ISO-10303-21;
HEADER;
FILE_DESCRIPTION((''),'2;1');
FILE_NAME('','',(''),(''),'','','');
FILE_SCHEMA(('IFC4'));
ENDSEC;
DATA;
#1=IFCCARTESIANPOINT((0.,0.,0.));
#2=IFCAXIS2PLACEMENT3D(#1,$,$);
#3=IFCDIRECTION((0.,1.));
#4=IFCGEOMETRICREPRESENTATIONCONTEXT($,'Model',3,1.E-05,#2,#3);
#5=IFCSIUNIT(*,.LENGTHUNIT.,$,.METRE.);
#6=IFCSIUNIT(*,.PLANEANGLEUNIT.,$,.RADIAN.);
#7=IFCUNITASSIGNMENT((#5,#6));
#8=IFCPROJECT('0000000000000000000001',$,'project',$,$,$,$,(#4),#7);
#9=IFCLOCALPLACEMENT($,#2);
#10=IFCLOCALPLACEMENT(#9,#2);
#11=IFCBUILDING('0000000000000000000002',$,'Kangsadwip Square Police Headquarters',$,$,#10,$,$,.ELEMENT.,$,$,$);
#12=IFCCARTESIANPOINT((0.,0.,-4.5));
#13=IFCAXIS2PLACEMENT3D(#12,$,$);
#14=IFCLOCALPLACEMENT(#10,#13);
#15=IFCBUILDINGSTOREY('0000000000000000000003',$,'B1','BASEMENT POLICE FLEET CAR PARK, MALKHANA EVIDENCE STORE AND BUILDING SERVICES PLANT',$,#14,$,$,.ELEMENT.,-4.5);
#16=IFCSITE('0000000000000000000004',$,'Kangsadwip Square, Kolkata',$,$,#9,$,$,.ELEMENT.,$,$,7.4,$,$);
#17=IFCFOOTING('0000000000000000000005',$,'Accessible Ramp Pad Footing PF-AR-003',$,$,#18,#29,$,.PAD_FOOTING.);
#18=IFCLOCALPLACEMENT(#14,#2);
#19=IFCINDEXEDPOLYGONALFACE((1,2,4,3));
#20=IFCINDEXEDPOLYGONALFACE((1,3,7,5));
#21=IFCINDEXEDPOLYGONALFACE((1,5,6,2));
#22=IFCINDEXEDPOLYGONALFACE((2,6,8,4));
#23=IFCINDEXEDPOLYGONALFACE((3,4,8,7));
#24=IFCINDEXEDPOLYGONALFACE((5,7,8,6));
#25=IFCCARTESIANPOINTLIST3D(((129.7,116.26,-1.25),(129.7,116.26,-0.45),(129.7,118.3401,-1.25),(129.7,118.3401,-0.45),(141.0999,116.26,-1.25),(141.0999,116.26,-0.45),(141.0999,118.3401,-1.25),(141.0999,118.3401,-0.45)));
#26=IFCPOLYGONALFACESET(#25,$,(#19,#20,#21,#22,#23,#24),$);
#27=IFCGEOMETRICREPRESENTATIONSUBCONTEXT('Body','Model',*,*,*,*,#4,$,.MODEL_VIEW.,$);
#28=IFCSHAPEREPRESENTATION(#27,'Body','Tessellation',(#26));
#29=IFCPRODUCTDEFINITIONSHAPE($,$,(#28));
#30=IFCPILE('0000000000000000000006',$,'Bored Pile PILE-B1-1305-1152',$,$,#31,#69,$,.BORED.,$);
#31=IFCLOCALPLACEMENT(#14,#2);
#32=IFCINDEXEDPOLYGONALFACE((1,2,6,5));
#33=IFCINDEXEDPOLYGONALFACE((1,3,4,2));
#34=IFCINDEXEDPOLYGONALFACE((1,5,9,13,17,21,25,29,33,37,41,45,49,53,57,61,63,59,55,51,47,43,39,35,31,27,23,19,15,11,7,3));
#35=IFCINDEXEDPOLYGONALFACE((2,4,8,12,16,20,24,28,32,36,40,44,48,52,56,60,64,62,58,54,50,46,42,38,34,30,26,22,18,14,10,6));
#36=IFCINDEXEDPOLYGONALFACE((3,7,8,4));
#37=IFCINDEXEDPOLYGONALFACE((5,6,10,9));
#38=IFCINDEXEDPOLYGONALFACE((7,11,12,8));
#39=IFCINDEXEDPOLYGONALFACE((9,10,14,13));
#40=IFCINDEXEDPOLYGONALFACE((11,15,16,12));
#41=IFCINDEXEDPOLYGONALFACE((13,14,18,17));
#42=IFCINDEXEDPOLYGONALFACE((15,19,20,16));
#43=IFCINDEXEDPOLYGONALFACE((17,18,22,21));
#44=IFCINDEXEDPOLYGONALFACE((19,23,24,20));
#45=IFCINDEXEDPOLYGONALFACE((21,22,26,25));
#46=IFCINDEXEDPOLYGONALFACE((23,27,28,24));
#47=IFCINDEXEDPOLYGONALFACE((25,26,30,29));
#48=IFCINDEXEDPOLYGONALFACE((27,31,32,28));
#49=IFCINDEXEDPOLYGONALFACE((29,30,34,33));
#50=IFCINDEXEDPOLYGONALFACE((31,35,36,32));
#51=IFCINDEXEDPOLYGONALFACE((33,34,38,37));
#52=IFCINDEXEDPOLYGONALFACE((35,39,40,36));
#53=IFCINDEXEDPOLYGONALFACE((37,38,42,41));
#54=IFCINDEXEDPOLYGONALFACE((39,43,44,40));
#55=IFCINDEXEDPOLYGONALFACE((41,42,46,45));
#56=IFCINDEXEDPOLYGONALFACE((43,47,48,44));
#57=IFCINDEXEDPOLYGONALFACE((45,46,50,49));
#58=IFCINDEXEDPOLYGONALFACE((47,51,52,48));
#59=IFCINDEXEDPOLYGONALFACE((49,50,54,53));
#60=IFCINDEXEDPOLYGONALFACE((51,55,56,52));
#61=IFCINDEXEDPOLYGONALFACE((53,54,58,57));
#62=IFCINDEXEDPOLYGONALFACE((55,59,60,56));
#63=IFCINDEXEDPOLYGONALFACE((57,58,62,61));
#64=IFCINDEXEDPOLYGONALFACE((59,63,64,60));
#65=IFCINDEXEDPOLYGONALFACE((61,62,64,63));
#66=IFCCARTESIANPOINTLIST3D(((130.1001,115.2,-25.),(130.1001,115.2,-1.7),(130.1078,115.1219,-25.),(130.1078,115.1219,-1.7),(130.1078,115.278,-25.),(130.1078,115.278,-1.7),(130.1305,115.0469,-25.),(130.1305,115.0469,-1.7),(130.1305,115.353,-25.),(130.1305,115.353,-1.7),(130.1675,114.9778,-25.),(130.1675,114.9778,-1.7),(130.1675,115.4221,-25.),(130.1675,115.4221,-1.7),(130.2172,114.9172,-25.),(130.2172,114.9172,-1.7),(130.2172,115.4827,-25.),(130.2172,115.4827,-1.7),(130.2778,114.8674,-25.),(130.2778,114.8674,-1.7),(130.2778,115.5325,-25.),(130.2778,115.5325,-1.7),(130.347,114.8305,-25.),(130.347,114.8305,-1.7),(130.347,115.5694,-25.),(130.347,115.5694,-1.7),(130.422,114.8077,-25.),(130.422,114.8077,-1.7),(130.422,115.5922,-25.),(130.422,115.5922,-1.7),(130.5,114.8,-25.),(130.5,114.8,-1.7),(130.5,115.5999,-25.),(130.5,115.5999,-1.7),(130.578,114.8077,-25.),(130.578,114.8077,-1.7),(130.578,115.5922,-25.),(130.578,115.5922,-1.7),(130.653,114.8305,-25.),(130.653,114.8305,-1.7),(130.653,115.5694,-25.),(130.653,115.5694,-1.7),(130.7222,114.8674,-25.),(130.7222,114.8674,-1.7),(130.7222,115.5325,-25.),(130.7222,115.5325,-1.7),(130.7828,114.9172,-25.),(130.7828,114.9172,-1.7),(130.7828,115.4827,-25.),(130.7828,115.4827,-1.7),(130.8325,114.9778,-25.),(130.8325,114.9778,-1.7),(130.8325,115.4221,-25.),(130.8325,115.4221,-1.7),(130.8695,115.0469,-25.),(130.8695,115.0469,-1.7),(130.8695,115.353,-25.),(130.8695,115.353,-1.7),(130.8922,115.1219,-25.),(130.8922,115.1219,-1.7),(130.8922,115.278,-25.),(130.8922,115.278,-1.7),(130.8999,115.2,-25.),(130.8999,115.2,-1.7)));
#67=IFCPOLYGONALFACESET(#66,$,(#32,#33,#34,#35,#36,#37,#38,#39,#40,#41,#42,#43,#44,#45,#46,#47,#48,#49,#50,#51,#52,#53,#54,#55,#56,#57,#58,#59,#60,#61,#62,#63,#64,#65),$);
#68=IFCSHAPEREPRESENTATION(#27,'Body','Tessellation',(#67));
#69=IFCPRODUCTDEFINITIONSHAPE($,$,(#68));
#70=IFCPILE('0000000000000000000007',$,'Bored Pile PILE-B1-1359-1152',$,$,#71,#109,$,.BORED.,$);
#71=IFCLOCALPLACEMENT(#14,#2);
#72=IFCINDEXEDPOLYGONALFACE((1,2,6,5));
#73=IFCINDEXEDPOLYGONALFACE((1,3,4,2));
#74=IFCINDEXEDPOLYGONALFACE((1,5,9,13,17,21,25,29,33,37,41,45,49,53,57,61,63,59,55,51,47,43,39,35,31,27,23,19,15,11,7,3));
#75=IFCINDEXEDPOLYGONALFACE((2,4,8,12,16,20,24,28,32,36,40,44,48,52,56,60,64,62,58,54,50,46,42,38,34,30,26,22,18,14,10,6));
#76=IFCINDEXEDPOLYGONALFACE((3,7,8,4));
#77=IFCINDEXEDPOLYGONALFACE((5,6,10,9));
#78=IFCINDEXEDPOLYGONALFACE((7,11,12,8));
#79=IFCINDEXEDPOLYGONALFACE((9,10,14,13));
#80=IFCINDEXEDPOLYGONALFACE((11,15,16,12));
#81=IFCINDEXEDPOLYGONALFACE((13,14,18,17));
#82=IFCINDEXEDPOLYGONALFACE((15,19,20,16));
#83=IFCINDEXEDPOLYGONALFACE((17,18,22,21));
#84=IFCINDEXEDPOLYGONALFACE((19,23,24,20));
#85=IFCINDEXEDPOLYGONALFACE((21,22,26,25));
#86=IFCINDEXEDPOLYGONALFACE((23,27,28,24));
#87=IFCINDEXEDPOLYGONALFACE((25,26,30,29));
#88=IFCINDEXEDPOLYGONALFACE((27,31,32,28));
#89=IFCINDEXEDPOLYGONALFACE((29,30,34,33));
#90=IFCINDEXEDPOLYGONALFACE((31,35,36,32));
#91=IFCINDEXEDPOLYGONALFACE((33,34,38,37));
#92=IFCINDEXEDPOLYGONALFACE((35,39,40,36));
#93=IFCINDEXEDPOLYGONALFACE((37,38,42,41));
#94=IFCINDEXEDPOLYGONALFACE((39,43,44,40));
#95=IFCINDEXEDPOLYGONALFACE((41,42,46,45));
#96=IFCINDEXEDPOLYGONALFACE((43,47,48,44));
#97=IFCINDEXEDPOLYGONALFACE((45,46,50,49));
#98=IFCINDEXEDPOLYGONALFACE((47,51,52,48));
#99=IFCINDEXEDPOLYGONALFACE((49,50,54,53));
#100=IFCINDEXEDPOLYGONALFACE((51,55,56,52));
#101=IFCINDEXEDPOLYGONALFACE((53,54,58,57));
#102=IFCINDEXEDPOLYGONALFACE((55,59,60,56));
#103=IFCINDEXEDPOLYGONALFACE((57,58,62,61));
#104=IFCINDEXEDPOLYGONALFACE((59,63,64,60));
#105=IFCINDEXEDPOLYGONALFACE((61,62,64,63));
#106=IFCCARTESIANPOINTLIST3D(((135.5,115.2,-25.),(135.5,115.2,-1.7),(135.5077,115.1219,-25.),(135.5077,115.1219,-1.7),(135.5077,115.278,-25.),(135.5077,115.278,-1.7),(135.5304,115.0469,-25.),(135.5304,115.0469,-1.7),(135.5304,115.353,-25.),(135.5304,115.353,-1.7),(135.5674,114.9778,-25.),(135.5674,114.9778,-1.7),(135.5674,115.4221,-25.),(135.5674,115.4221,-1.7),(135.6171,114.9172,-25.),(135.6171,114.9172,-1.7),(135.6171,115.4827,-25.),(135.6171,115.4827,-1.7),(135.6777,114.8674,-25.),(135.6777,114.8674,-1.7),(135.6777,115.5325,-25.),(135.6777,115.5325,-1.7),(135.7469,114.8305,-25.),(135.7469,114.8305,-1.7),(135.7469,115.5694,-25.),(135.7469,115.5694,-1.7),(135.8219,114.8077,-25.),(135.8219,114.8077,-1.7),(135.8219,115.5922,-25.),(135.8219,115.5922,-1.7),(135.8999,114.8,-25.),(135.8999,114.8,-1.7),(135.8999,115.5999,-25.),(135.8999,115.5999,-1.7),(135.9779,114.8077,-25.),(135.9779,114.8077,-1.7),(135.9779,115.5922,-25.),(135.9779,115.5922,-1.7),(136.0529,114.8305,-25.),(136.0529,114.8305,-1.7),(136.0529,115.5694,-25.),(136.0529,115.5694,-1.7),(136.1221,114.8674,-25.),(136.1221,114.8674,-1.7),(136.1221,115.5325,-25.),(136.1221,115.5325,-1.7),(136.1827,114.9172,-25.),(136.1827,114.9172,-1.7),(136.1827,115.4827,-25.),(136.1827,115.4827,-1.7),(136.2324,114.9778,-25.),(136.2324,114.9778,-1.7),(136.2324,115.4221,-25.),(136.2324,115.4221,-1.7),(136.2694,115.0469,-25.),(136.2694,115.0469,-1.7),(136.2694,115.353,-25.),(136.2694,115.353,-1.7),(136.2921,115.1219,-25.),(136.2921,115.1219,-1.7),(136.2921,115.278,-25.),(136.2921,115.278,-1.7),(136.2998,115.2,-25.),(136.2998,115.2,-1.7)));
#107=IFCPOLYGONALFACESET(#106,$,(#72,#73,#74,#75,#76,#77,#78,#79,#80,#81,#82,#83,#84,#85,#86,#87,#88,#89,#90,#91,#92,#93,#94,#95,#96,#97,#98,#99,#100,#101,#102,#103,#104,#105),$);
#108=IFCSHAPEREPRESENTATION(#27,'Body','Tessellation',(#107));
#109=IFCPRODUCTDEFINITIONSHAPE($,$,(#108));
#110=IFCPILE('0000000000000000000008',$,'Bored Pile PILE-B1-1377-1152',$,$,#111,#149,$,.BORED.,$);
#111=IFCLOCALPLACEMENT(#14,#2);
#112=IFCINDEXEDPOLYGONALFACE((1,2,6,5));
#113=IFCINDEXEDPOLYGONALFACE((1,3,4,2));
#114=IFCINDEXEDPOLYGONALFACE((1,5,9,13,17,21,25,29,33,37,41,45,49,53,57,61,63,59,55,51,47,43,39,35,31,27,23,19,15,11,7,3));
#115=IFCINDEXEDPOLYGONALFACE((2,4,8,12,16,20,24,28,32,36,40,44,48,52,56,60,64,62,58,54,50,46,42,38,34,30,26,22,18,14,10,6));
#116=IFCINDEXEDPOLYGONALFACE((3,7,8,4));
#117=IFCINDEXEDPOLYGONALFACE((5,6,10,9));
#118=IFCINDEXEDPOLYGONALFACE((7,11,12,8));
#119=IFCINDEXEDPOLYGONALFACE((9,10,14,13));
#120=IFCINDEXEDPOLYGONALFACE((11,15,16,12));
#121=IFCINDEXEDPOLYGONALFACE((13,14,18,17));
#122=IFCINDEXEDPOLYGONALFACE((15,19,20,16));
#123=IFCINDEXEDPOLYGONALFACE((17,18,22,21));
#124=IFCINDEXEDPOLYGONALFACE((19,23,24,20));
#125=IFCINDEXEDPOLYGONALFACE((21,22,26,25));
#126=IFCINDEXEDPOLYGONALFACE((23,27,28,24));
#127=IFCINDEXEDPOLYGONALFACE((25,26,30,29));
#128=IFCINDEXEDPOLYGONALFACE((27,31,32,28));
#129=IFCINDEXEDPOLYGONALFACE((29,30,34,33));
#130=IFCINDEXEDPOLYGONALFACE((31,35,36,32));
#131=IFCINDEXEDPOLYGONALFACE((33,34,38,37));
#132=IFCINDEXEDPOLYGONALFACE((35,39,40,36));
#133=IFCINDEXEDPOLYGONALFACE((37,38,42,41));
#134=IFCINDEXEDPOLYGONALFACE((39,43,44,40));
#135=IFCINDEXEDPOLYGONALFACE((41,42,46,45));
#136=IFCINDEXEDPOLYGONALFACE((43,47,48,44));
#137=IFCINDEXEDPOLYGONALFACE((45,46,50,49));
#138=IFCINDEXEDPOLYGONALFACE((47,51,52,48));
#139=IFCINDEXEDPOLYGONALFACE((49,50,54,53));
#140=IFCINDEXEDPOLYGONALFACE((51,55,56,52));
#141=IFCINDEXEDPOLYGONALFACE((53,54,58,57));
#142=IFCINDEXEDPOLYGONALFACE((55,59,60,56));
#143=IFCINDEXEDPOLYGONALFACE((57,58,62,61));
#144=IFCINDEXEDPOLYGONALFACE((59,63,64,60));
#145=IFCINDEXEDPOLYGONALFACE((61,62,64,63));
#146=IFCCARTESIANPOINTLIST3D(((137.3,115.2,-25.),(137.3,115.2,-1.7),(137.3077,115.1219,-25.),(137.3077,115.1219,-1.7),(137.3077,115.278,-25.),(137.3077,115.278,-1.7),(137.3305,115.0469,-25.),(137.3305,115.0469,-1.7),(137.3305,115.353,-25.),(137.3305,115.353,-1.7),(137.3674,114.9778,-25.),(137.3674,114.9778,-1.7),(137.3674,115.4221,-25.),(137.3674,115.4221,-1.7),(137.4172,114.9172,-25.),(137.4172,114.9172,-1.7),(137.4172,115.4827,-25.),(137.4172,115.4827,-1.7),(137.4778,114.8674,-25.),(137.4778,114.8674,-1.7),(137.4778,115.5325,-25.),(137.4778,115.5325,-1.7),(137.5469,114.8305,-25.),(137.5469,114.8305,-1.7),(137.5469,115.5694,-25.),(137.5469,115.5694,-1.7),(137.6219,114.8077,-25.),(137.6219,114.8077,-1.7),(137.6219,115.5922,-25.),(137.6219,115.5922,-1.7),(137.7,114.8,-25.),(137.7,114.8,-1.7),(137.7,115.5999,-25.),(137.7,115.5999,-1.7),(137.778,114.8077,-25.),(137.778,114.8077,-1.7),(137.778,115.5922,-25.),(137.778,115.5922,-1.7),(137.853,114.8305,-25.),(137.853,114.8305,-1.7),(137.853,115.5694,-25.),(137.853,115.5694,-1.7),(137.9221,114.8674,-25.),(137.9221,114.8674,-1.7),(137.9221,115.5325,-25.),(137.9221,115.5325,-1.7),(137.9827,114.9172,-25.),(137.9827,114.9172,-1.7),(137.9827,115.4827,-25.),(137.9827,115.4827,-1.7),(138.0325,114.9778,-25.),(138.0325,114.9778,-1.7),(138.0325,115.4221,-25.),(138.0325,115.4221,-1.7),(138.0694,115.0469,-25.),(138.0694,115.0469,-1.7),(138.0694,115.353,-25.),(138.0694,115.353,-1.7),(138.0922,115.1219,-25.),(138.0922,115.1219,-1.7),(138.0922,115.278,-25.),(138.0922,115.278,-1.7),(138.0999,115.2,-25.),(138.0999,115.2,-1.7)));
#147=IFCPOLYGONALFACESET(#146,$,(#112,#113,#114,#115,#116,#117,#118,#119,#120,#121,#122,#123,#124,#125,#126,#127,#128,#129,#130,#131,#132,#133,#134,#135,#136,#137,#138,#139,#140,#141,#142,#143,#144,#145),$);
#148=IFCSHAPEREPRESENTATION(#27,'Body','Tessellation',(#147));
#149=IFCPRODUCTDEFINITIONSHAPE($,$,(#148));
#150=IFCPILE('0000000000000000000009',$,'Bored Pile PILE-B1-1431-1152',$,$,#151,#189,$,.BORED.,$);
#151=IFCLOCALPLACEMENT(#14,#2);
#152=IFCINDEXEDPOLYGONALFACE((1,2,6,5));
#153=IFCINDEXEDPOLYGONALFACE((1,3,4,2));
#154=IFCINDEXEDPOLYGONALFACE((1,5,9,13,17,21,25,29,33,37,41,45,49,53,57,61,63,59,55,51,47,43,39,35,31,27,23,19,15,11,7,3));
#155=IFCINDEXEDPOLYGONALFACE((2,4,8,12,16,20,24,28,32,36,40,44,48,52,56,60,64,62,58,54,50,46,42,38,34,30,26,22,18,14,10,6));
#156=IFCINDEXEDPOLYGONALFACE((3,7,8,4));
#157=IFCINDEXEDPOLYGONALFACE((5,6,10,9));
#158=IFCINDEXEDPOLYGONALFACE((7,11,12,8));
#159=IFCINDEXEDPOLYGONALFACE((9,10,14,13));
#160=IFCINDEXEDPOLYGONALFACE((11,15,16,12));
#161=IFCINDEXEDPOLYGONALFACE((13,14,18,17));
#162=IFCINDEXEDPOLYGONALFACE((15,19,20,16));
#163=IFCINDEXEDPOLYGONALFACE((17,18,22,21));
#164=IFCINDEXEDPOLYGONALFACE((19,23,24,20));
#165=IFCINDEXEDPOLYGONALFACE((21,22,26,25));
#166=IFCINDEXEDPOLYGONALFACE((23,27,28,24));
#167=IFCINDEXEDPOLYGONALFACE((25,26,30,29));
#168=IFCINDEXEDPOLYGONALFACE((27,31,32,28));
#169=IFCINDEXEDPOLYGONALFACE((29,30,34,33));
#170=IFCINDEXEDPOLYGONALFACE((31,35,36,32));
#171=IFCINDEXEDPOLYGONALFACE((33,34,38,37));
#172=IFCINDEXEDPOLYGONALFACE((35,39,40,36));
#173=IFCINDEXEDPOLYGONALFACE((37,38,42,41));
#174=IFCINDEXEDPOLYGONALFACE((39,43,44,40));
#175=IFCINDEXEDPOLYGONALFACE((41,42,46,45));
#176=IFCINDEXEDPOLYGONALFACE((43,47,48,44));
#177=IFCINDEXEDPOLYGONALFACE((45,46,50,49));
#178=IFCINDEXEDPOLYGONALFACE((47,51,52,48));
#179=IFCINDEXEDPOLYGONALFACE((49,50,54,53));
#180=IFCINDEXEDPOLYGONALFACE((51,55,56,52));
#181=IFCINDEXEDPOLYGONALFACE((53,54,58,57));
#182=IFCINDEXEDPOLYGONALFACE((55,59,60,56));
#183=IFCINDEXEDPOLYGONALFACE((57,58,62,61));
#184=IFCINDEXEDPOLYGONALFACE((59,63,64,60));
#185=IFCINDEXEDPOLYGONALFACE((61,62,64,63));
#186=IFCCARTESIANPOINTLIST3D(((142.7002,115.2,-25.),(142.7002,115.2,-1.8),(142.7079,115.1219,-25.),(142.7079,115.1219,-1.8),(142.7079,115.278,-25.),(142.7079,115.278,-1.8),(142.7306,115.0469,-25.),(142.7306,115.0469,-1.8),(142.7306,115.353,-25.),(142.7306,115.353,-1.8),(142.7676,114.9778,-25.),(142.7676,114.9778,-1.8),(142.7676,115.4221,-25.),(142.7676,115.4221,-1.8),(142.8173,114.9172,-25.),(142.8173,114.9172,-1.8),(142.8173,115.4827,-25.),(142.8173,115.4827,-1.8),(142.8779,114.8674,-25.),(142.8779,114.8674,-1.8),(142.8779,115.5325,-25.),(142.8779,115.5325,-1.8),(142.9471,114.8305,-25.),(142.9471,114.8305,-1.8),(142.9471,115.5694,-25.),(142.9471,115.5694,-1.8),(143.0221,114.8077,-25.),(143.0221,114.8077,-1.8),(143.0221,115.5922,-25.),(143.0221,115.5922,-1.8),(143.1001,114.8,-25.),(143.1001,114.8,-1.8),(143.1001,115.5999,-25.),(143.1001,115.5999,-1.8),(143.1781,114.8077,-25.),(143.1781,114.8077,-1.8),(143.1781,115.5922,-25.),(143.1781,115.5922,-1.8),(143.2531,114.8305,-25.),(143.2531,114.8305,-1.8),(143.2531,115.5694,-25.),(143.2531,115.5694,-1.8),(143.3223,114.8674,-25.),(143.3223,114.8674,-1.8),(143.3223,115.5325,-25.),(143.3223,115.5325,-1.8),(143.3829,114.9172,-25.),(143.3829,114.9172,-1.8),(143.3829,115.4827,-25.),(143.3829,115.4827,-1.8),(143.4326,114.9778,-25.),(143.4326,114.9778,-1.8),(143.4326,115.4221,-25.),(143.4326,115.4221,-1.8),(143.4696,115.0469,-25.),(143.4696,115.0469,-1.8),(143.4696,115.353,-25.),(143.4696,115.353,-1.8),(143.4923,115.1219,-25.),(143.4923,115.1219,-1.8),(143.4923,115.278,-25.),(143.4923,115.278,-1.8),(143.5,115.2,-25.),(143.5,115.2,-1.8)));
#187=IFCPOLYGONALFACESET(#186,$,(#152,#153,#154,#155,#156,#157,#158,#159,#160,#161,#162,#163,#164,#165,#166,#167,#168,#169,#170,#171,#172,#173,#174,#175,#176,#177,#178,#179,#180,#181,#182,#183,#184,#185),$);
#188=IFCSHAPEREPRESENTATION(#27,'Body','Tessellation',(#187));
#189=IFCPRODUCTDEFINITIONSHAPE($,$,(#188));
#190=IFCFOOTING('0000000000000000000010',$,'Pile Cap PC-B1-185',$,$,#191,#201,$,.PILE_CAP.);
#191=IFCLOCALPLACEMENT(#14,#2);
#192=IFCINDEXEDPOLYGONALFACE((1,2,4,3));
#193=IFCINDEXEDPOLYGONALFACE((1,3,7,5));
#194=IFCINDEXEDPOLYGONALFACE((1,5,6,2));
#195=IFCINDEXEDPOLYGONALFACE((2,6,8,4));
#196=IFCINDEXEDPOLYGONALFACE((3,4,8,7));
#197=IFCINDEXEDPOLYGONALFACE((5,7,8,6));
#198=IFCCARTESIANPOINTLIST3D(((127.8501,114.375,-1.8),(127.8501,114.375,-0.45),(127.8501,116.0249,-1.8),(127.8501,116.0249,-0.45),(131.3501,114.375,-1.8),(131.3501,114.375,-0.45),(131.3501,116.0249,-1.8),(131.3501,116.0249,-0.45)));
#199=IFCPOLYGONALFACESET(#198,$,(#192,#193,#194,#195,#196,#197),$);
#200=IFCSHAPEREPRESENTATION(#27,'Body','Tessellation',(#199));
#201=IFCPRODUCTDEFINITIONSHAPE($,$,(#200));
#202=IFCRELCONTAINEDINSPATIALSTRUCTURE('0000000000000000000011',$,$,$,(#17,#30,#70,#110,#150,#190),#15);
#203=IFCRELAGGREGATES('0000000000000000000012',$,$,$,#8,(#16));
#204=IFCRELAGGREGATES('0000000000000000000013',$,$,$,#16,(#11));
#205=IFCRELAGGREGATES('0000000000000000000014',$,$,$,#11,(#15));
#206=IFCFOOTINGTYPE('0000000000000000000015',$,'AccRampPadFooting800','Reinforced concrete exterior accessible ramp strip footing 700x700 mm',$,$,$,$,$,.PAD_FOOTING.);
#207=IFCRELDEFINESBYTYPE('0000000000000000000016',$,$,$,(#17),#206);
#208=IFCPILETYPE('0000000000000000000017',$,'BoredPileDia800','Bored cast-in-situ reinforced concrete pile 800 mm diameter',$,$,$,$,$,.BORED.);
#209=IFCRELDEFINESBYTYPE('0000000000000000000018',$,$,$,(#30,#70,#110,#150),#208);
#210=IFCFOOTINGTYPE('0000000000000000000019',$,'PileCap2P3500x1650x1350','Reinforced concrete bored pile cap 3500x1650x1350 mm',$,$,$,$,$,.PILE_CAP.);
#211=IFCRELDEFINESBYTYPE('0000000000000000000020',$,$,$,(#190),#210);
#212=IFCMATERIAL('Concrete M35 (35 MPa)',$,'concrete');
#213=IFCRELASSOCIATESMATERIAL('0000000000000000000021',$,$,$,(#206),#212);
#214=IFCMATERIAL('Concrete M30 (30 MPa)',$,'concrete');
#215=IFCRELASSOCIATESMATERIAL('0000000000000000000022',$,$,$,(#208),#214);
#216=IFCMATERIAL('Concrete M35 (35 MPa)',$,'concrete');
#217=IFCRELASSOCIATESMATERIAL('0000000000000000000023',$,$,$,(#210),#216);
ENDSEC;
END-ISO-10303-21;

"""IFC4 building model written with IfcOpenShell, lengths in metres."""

from ifc_helpers import new_model, si_unit, direction, frame, origin, origin_2d, place, context, subcontext, project, spatial, rectangle, circle, extrude, material, material_profile, profile_set, type_object, element, save


model = new_model("IFC4")

# Units and contexts
model_context = context("Model", 3, precision=1e-05, world=origin(), true_north=direction((0.0, 1.0)))
body_context = subcontext(model_context, "Body", "Model", "MODEL_VIEW")
ifc_project = project(units=[si_unit("LENGTHUNIT", "METRE"), si_unit("PLANEANGLEUNIT", "RADIAN")], contexts=[model_context])

# Site, building, storey
site_placement = place(None, origin())
site = spatial("IfcSite", under=ifc_project, at=site_placement, Name="Kangsadwip Square, Kolkata", CompositionType="ELEMENT", RefElevation=7.4)
building_placement = place(site_placement, origin())
building = spatial("IfcBuilding", under=site, at=building_placement, Name="Kangsadwip Square Police Headquarters", CompositionType="ELEMENT")
storey_placement = place(building_placement, frame((0.0, 0.0, -4.5)))
storey = spatial("IfcBuildingStorey", under=building, at=storey_placement, Name="B1", Description="BASEMENT POLICE FLEET CAR PARK, MALKHANA EVIDENCE STORE AND BUILDING SERVICES PLANT", CompositionType="ELEMENT", Elevation=-4.5)

# Footing
ifc_material_1 = material(Name="Concrete M35 (35 MPa)", Category="concrete")
footing_type_1 = type_object("IfcFootingType", Name="AccRampPadFooting800", Description="Reinforced concrete exterior accessible ramp strip footing 700x700 mm", PredefinedType="PAD_FOOTING", material=ifc_material_1)
footing_1_placement = place(storey_placement, frame((135.3999, 117.3, -1.25), z_axis=(0.0, 0.0, 1.0), x_axis=(1.0, 0.0, 0.0)))
element("IfcFooting", 1, at=footing_1_placement, inside=storey, type_object=footing_type_1, Name="Accessible Ramp Pad Footing PF-AR-003", PredefinedType="PAD_FOOTING", context=body_context, shape_type="SweptSolid", body=[
    extrude(rectangle(XDim=11.3999, YDim=2.0801, at=origin_2d()), origin(), (0.0, 0.0, 1.0), 0.8),
])

# Piles
ifc_material_2 = material(Name="Concrete M30 (30 MPa)", Category="concrete")
ifc_material_profile_1 = material_profile(ifc_material_2, circle(Radius=0.3999, at=origin_2d()), Name="PILE DIA 800")
ifc_profile_set_1 = profile_set([ifc_material_profile_1], Name="Concrete M30 (30 MPa)")
pile_type = type_object("IfcPileType", Name="BoredPileDia800", Description="Bored cast-in-situ reinforced concrete pile 800 mm diameter", PredefinedType="BORED", material=ifc_profile_set_1)
for number, where, z_axis, x_axis, name in (
    (2, (130.5, 115.2, -1.7), (0.0, 0.0, -1.0), (1.0, 0.0, 0.0), "Bored Pile PILE-B1-1305-1152"),
    (3, (135.8999, 115.2, -1.7), (0.0, 0.0, -1.0), (1.0, 0.0, 0.0), "Bored Pile PILE-B1-1359-1152"),
    (4, (137.7, 115.2, -1.7), (0.0, 0.0, -1.0), (1.0, 0.0, 0.0), "Bored Pile PILE-B1-1377-1152"),
):
    element("IfcPile", number, at=place(storey_placement, frame(where, z_axis=z_axis, x_axis=x_axis)), inside=storey, type_object=pile_type, Name=name, PredefinedType="BORED", context=body_context, shape_type="SweptSolid", body=[
        extrude(circle(Radius=0.3999, at=origin_2d()), origin(), (0.0, 0.0, 1.0), 23.3),
    ])
pile_placement = place(storey_placement, frame((143.1001, 115.2, -1.8), z_axis=(0.0, 0.0, -1.0), x_axis=(1.0, 0.0, 0.0)))
element("IfcPile", 5, at=pile_placement, inside=storey, type_object=pile_type, Name="Bored Pile PILE-B1-1431-1152", PredefinedType="BORED", context=body_context, shape_type="SweptSolid", body=[
    extrude(circle(Radius=0.3999, at=origin_2d()), origin(), (0.0, 0.0, 1.0), 23.2),
])

# Footing
ifc_material_3 = material(Name="Concrete M35 (35 MPa)", Category="concrete")
footing_type_2 = type_object("IfcFootingType", Name="PileCap2P3500x1650x1350", Description="Reinforced concrete bored pile cap 3500x1650x1350 mm", PredefinedType="PILE_CAP", material=ifc_material_3)
for number, where, z_axis, x_axis, name in (
    (6, (129.6001, 115.2, -1.8), (0.0, 0.0, 1.0), (1.0, 0.0, 0.0), "Pile Cap PC-B1-185"),
):
    element("IfcFooting", number, at=place(storey_placement, frame(where, z_axis=z_axis, x_axis=x_axis)), inside=storey, type_object=footing_type_2, Name=name, PredefinedType="PILE_CAP", context=body_context, shape_type="SweptSolid", body=[
        extrude(rectangle(XDim=3.5, YDim=1.6499, at=origin_2d()), origin(), (0.0, 0.0, 1.0), 1.3501),
    ])

save(model, "model.ifc")
